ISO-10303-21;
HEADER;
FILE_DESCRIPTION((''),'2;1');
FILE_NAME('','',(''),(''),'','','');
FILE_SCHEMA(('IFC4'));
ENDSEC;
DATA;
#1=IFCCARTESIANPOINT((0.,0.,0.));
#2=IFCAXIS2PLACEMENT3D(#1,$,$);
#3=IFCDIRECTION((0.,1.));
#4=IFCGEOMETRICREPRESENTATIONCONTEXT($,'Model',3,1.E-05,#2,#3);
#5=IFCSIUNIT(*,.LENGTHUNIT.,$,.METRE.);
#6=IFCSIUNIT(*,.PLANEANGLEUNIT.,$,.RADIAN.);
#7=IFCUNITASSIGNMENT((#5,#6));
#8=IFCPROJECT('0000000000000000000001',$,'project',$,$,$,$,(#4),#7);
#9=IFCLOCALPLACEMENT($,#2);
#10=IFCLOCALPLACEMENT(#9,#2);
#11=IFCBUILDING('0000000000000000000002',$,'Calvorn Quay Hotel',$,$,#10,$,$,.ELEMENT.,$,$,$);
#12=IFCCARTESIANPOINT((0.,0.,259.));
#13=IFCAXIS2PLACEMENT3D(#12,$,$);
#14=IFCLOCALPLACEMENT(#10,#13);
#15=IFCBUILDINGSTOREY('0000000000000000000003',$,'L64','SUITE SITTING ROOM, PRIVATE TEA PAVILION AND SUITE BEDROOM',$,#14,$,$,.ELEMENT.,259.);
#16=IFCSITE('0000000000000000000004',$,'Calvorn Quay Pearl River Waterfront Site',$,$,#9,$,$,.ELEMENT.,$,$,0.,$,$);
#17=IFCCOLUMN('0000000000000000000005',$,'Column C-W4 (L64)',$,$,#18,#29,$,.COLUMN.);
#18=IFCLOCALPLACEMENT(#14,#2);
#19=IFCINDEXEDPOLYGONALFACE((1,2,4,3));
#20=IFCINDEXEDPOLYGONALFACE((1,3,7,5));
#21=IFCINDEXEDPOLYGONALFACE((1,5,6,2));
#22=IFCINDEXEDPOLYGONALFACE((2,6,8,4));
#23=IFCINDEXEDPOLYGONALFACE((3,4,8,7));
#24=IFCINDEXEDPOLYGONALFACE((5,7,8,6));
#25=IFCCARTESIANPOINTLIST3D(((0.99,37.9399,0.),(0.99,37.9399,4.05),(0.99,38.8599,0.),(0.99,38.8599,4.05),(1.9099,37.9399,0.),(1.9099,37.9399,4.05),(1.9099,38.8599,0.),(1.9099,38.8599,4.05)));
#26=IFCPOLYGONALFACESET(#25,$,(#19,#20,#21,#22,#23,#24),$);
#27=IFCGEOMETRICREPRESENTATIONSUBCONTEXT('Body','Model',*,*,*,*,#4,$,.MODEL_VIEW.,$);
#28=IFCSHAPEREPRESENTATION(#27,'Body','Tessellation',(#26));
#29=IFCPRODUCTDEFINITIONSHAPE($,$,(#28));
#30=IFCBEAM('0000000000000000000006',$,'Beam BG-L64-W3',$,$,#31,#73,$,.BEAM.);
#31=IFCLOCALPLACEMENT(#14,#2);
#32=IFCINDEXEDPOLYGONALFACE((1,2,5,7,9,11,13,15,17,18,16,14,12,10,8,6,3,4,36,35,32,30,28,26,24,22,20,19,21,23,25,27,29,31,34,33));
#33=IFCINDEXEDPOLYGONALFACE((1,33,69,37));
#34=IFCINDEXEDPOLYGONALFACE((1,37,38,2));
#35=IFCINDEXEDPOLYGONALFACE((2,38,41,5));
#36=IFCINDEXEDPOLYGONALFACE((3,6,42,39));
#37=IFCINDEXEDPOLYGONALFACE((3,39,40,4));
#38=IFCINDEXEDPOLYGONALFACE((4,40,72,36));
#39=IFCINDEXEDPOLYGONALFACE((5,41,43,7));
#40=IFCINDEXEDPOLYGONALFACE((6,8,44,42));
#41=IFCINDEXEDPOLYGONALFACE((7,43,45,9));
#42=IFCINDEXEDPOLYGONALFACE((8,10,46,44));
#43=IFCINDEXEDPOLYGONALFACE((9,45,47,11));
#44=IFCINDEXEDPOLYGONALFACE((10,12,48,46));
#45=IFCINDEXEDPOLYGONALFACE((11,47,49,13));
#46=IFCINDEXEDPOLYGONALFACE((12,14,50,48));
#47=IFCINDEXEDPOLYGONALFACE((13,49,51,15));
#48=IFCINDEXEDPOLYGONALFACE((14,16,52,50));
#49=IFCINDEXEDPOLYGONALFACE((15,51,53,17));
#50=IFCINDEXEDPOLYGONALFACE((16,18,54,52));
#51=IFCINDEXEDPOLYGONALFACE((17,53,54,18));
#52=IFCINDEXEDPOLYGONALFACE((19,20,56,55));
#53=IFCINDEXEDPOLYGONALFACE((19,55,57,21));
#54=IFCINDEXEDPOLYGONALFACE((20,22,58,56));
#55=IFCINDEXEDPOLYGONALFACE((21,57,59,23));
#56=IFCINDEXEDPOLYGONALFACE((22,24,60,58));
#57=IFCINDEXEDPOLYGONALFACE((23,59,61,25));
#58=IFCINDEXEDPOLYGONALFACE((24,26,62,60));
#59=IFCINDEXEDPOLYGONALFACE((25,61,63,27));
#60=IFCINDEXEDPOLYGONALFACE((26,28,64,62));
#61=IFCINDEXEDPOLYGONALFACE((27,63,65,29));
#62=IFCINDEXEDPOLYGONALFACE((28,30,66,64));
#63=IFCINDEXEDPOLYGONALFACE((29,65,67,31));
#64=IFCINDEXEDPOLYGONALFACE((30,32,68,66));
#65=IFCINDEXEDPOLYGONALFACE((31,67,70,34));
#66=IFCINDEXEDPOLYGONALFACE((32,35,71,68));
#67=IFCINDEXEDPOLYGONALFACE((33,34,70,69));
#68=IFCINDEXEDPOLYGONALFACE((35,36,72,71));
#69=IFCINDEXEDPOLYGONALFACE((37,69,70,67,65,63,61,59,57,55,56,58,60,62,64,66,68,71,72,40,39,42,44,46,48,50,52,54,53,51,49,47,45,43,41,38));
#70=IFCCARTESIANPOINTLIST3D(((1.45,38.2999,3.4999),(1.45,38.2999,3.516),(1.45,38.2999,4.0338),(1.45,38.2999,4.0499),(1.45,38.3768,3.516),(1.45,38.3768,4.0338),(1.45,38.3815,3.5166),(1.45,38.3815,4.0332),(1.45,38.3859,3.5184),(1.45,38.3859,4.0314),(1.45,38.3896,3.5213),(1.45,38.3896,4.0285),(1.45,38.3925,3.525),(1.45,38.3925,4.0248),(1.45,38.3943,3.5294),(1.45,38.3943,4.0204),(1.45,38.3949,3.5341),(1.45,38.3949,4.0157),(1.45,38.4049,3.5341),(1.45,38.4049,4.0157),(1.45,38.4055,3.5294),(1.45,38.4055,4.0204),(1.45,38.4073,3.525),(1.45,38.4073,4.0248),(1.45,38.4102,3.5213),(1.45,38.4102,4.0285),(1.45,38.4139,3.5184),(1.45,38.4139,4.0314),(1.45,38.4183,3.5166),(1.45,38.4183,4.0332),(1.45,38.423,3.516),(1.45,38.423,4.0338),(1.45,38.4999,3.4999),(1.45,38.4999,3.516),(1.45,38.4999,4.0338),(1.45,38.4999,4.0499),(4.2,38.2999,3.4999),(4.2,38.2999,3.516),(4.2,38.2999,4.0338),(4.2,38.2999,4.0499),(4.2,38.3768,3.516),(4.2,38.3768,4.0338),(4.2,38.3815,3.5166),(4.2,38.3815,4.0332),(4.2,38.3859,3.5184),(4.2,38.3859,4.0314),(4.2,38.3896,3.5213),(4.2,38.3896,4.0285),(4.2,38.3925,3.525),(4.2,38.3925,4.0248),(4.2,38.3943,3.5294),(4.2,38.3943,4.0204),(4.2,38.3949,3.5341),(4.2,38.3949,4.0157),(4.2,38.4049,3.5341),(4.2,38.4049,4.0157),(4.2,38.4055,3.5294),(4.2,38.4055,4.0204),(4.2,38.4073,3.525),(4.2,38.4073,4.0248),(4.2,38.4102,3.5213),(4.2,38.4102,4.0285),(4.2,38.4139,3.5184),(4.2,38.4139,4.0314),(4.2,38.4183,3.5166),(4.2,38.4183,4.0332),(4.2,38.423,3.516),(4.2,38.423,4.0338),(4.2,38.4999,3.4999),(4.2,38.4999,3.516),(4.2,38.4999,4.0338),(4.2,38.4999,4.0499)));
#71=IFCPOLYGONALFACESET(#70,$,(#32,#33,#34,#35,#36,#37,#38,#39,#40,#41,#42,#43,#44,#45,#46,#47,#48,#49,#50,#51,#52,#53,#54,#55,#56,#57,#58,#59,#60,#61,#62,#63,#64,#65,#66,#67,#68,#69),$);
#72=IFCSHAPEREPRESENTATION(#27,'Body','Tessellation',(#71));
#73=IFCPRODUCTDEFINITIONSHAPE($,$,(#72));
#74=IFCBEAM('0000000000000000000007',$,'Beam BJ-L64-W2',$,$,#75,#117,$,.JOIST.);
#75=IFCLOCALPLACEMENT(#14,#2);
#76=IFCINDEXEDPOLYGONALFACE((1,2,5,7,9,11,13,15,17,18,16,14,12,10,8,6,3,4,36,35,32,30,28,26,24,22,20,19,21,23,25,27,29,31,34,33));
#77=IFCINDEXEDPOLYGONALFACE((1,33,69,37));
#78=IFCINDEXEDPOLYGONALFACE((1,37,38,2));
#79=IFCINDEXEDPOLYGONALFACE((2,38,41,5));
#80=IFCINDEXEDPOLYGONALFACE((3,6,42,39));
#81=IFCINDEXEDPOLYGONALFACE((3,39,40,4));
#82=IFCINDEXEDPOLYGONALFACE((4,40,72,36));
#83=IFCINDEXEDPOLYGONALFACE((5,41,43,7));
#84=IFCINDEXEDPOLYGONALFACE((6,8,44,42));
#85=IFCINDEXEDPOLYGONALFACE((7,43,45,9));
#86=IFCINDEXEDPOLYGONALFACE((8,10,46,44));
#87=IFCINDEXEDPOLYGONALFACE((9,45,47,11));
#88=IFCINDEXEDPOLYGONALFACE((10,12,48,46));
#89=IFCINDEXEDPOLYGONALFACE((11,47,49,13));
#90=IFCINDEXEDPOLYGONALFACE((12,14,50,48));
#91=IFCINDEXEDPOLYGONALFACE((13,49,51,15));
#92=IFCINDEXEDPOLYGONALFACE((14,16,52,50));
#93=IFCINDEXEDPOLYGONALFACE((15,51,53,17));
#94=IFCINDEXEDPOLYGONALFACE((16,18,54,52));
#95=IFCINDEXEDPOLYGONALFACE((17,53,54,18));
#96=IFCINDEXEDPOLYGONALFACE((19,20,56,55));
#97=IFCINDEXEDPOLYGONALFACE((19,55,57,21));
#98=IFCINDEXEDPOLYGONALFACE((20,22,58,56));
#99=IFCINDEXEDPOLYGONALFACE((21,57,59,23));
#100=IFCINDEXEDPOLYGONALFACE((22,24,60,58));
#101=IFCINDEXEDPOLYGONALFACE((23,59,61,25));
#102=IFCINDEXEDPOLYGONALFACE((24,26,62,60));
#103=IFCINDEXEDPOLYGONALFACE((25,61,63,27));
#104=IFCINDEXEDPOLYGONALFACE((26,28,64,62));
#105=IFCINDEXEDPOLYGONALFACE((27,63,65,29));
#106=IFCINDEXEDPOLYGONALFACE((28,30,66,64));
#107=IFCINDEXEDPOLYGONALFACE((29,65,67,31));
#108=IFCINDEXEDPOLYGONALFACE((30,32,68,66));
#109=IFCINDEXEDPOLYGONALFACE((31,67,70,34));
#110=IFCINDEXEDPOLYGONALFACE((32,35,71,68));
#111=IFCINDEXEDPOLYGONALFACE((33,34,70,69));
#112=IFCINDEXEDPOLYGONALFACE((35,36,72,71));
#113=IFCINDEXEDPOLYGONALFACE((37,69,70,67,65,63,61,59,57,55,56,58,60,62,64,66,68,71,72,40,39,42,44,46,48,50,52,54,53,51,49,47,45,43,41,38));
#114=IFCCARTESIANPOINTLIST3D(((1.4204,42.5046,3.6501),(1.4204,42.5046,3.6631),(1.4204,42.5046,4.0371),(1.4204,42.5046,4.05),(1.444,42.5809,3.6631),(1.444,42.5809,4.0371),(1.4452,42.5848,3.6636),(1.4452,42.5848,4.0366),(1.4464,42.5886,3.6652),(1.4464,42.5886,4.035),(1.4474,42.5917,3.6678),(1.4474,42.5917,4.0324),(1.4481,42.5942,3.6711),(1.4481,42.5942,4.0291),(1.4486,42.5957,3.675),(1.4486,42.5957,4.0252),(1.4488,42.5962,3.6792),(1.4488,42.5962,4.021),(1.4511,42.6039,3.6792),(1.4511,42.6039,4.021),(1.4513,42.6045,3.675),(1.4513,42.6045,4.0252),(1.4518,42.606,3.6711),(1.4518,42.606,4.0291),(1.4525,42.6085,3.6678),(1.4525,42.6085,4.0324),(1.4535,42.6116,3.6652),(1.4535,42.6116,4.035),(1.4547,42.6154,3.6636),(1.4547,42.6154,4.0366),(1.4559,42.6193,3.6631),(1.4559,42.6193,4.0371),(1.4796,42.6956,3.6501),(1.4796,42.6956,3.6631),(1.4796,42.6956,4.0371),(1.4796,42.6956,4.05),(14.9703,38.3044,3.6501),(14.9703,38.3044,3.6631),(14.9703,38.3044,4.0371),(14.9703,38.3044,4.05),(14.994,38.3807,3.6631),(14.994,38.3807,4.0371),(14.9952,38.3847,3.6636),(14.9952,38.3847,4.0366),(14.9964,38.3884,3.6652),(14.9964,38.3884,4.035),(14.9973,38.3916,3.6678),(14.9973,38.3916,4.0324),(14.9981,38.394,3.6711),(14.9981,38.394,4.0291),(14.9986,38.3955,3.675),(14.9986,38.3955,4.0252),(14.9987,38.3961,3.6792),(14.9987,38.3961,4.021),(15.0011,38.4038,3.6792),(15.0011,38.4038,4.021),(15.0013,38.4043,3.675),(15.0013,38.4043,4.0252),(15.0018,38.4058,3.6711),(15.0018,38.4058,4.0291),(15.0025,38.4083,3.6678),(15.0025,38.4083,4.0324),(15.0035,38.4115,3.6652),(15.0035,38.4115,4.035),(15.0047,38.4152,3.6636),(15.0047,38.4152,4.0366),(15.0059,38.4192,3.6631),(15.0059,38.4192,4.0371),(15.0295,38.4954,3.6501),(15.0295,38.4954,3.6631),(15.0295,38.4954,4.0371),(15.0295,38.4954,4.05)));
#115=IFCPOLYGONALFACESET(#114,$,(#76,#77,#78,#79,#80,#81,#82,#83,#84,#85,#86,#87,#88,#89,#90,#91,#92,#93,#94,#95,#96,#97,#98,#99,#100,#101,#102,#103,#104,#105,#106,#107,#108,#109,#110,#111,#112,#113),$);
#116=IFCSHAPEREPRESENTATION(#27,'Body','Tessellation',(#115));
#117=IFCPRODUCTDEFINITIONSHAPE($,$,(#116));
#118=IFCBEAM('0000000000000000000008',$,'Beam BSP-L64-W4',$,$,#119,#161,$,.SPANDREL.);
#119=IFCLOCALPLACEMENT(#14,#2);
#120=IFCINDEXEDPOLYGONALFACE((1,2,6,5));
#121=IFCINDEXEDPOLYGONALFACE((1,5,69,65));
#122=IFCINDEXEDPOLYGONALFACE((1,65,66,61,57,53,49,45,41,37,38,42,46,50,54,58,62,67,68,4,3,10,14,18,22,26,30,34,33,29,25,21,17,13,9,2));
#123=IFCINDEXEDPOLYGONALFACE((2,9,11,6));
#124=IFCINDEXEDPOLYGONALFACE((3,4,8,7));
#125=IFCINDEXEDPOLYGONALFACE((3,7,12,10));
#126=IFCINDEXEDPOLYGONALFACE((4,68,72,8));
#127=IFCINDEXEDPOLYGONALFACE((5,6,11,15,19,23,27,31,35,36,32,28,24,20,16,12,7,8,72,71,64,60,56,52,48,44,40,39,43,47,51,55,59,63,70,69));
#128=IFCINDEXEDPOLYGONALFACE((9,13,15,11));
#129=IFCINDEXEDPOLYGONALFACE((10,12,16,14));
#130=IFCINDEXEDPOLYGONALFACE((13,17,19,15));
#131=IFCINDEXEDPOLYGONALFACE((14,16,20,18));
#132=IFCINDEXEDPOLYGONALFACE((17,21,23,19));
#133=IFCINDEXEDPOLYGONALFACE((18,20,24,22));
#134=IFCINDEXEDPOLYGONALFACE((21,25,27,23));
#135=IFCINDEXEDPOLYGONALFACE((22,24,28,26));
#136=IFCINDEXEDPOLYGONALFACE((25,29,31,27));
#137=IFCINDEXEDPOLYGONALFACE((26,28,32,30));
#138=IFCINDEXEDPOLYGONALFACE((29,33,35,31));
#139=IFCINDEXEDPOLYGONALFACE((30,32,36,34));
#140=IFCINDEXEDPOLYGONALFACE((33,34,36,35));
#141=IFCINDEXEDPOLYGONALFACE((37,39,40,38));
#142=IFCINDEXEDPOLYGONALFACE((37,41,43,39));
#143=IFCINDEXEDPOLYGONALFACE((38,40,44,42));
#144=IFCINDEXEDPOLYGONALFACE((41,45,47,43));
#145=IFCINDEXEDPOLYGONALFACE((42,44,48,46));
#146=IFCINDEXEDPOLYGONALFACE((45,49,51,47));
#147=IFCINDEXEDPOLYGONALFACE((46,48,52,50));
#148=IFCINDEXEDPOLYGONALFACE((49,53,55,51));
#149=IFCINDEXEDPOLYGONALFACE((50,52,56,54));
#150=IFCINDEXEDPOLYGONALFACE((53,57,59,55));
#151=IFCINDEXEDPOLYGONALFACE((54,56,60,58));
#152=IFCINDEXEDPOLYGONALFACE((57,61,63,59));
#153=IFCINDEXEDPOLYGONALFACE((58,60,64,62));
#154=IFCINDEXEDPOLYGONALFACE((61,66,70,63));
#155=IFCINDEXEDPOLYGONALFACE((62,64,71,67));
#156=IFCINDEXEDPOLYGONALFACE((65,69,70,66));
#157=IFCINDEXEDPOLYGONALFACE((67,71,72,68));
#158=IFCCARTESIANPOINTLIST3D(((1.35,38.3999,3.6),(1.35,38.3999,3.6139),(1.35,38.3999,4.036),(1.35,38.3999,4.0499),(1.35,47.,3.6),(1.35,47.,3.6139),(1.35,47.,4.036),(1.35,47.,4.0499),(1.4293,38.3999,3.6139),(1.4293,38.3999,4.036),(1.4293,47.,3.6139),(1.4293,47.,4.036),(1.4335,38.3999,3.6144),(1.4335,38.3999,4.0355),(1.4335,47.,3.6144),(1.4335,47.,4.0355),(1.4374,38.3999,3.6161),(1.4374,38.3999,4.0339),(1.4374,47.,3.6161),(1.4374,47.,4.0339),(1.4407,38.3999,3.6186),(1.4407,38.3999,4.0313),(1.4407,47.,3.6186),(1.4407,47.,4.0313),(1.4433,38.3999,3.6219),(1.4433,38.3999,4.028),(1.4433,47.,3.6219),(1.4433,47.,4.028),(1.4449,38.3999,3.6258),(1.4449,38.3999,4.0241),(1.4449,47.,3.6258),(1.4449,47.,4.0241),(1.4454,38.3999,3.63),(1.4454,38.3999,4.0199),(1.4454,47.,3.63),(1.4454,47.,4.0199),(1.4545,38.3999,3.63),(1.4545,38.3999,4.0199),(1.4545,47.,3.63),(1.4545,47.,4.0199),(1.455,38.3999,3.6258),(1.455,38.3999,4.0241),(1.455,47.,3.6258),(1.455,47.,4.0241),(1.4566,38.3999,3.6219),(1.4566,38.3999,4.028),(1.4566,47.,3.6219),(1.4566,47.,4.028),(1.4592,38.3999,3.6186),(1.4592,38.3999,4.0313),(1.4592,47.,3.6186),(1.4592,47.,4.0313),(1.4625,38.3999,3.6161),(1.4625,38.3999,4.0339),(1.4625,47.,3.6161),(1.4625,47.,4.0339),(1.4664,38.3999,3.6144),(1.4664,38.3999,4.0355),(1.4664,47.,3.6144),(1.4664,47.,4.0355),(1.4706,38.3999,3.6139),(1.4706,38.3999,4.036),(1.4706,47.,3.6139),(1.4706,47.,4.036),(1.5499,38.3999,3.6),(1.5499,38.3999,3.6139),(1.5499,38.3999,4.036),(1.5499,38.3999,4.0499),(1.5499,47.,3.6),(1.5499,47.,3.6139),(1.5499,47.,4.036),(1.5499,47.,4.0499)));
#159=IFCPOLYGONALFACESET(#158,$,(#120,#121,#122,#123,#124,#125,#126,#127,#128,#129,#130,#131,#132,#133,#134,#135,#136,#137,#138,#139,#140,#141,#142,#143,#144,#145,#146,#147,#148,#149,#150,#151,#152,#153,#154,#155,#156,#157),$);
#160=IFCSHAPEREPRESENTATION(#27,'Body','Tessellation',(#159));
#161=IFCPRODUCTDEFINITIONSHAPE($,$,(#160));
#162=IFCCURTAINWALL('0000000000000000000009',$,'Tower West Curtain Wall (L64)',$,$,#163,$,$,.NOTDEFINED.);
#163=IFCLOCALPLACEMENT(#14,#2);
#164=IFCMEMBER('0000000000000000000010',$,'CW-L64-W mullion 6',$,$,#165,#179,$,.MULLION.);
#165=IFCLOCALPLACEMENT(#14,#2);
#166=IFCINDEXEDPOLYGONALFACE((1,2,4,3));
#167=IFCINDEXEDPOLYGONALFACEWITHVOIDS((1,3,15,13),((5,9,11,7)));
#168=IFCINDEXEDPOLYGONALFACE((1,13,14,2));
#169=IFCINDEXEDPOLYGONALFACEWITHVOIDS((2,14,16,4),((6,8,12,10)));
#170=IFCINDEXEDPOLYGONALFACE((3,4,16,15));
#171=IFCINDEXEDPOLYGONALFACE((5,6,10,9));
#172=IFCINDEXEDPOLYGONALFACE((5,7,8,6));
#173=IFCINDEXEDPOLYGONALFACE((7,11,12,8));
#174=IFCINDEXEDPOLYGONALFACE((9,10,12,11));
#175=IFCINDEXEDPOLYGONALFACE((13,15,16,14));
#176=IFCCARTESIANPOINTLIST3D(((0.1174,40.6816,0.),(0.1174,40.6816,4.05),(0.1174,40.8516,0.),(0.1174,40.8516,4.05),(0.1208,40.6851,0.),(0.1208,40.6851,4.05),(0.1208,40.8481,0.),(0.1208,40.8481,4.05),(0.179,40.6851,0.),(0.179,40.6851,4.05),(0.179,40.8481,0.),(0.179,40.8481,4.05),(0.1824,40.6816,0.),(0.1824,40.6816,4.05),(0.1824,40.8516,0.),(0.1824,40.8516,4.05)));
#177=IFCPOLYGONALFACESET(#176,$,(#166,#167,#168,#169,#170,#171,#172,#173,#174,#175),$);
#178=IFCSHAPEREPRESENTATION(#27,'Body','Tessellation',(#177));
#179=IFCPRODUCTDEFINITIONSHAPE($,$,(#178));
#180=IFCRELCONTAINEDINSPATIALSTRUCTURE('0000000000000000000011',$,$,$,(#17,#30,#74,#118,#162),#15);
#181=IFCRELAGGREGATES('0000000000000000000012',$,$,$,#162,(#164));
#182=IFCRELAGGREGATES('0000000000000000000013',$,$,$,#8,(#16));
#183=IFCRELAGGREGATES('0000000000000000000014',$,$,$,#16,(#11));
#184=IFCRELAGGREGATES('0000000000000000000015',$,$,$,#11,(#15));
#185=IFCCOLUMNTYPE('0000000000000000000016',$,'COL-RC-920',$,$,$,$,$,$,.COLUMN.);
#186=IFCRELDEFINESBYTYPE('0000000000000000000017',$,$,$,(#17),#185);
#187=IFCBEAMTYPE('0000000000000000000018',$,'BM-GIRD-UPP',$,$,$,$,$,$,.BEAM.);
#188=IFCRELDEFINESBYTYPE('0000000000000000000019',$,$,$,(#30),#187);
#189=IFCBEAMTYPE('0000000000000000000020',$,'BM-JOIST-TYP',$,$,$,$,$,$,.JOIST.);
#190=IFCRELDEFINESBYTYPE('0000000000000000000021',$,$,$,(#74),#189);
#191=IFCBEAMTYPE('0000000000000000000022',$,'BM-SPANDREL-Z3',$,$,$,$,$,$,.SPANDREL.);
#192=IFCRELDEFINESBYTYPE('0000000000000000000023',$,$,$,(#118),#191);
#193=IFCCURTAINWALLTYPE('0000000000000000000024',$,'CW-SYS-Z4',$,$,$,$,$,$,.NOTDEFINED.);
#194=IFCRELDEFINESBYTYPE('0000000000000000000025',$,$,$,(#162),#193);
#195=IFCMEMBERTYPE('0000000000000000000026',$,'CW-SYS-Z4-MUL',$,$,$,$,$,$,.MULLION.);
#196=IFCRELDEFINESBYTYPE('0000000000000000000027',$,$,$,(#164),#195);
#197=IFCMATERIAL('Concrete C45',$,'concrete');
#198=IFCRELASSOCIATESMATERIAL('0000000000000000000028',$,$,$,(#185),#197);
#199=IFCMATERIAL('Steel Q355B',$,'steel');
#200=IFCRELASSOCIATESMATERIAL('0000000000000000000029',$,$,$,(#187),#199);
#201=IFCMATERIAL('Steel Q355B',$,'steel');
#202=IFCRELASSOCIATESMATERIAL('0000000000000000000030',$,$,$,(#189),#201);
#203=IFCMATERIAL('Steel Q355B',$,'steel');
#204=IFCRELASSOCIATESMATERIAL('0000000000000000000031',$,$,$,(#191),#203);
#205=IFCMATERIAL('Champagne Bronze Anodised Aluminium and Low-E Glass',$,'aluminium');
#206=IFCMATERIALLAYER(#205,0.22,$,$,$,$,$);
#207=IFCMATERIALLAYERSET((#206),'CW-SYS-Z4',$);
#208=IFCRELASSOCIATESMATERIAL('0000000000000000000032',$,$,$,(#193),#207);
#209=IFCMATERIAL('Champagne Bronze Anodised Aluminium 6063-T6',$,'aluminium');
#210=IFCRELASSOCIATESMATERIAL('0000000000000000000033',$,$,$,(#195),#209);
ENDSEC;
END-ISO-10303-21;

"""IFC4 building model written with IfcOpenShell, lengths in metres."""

from ifc_helpers import new_model, si_unit, direction, frame, origin, origin_2d, place, context, subcontext, project, spatial, rectangle, hollow_rectangle, i_section, extrude, material, layer, layer_set, material_profile, profile_set, type_object, element, aggregate, save


model = new_model("IFC4")

# Units and contexts
model_context = context("Model", 3, precision=1e-05, world=origin(), true_north=direction((0.0, 1.0)))
body_context = subcontext(model_context, "Body", "Model", "MODEL_VIEW")
ifc_project = project(units=[si_unit("LENGTHUNIT", "METRE"), si_unit("PLANEANGLEUNIT", "RADIAN")], contexts=[model_context])

# Site, building, storey
site_placement = place(None, origin())
site = spatial("IfcSite", under=ifc_project, at=site_placement, Name="Calvorn Quay Pearl River Waterfront Site", CompositionType="ELEMENT", RefElevation=0.0)
building_placement = place(site_placement, origin())
building = spatial("IfcBuilding", under=site, at=building_placement, Name="Calvorn Quay Hotel", CompositionType="ELEMENT")
storey_placement = place(building_placement, frame((0.0, 0.0, 259.0)))
storey = spatial("IfcBuildingStorey", under=building, at=storey_placement, Name="L64", Description="SUITE SITTING ROOM, PRIVATE TEA PAVILION AND SUITE BEDROOM", CompositionType="ELEMENT", Elevation=259.0)

# Column
ifc_material_1 = material(Name="Concrete C45", Category="concrete")
ifc_material_profile_1 = material_profile(ifc_material_1, rectangle(XDim=0.9199, YDim=0.9199, at=origin_2d()), Name="RC920x920")
ifc_profile_set_1 = profile_set([ifc_material_profile_1], Name="Concrete C45")
column_type = type_object("IfcColumnType", Name="COL-RC-920", PredefinedType="COLUMN", material=ifc_profile_set_1)
column_placement = place(storey_placement, frame((1.45, 38.3999, 0.0), z_axis=(0.0, 0.0, 1.0), x_axis=(1.0, 0.0, 0.0)))
element("IfcColumn", 1, at=column_placement, inside=storey, type_object=column_type, Name="Column C-W4 (L64)", PredefinedType="COLUMN", context=body_context, shape_type="SweptSolid", body=[
    extrude(rectangle(XDim=0.9199, YDim=0.9199, at=origin_2d()), origin(), (0.0, 0.0, 1.0), 4.05),
])

# Beams
ifc_material_2 = material(Name="Steel Q355B", Category="steel")
ifc_material_profile_2 = material_profile(ifc_material_2, i_section(OverallWidth=0.2, OverallDepth=0.55, WebThickness=0.01, FlangeThickness=0.0161, FilletRadius=0.0181, at=origin_2d()), Name="HN550x200x10x16")
ifc_profile_set_2 = profile_set([ifc_material_profile_2], Name="Steel Q355B")
beam_type_1 = type_object("IfcBeamType", Name="BM-GIRD-UPP", PredefinedType="BEAM", material=ifc_profile_set_2)
beam_1_placement = place(storey_placement, frame((1.45, 38.3999, 3.7749), z_axis=(1.0, 0.0, 0.0), x_axis=(0.0, 1.0, 0.0)))
element("IfcBeam", 2, at=beam_1_placement, inside=storey, type_object=beam_type_1, Name="Beam BG-L64-W3", PredefinedType="BEAM", context=body_context, shape_type="SweptSolid", body=[
    extrude(i_section(OverallWidth=0.2, OverallDepth=0.55, WebThickness=0.01, FlangeThickness=0.0161, FilletRadius=0.0181, at=origin_2d()), origin(), (0.0, 0.0, 1.0), 2.75),
])
ifc_material_3 = material(Name="Steel Q355B", Category="steel")
ifc_material_profile_3 = material_profile(ifc_material_3, i_section(OverallWidth=0.2, OverallDepth=0.3999, WebThickness=0.0081, FlangeThickness=0.0129, FilletRadius=0.0161, at=origin_2d()), Name="HN400x200x8x13")
ifc_profile_set_3 = profile_set([ifc_material_profile_3], Name="Steel Q355B")
beam_type_2 = type_object("IfcBeamType", Name="BM-JOIST-TYP", PredefinedType="JOIST", material=ifc_profile_set_3)
beam_2_placement = place(storey_placement, frame((1.45, 42.6001, 3.8501), z_axis=(0.955164, -0.296078, 0.0), x_axis=(0.296078, 0.955164, 0.0)))
element("IfcBeam", 3, at=beam_2_placement, inside=storey, type_object=beam_type_2, Name="Beam BJ-L64-W2", PredefinedType="JOIST", context=body_context, shape_type="SweptSolid", body=[
    extrude(i_section(OverallWidth=0.2, OverallDepth=0.3999, WebThickness=0.0081, FlangeThickness=0.0129, FilletRadius=0.0161, at=origin_2d()), origin(), (0.0, 0.0, 1.0), 14.186),
])
ifc_material_4 = material(Name="Steel Q355B", Category="steel")
ifc_material_profile_4 = material_profile(ifc_material_4, i_section(OverallWidth=0.2, OverallDepth=0.45, WebThickness=0.009, FlangeThickness=0.0139, FilletRadius=0.0161, at=origin_2d()), Name="HN450x200x9x14")
ifc_profile_set_4 = profile_set([ifc_material_profile_4], Name="Steel Q355B")
beam_type_3 = type_object("IfcBeamType", Name="BM-SPANDREL-Z3", PredefinedType="SPANDREL", material=ifc_profile_set_4)
beam_3_placement = place(storey_placement, frame((1.45, 38.3999, 3.825), z_axis=(0.0, 1.0, 0.0), x_axis=(-1.0, 0.0, 0.0)))
element("IfcBeam", 4, at=beam_3_placement, inside=storey, type_object=beam_type_3, Name="Beam BSP-L64-W4", PredefinedType="SPANDREL", context=body_context, shape_type="SweptSolid", body=[
    extrude(i_section(OverallWidth=0.2, OverallDepth=0.45, WebThickness=0.009, FlangeThickness=0.0139, FilletRadius=0.0161, at=origin_2d()), origin(), (0.0, 0.0, 1.0), 8.6001),
])

# Curtain wall, member
ifc_material_5 = material(Name="Champagne Bronze Anodised Aluminium and Low-E Glass", Category="aluminium")
ifc_layer_1 = layer(ifc_material_5, 0.22)
ifc_layer_set_1 = layer_set([ifc_layer_1], Name="CW-SYS-Z4")
curtain_wall_type = type_object("IfcCurtainWallType", Name="CW-SYS-Z4", PredefinedType="NOTDEFINED", material=ifc_layer_set_1)
curtain_wall_placement = place(storey_placement, origin())
curtain_wall = element("IfcCurtainWall", 5, at=curtain_wall_placement, inside=storey, type_object=curtain_wall_type, Name="Tower West Curtain Wall (L64)", PredefinedType="NOTDEFINED")
ifc_material_6 = material(Name="Champagne Bronze Anodised Aluminium 6063-T6", Category="aluminium")
ifc_material_profile_5 = material_profile(ifc_material_6, hollow_rectangle(XDim=0.0649, YDim=0.1699, WallThickness=0.0034, at=origin_2d()), Name="ALU-M170x65x3.5")
ifc_profile_set_5 = profile_set([ifc_material_profile_5], Name="Champagne Bronze Anodised Aluminium 6063-T6")
member_type_1 = type_object("IfcMemberType", Name="CW-SYS-Z4-MUL", PredefinedType="MULLION", material=ifc_profile_set_5)
member_1_placement = place(storey_placement, frame((0.1499, 40.7666, 0.0), z_axis=(0.0, 0.0, 1.0), x_axis=(-1.0, 0.0, 0.0)))
member_1 = element("IfcMember", 6, at=member_1_placement, type_object=member_type_1, Name="CW-L64-W mullion 6", PredefinedType="MULLION", context=body_context, shape_type="SweptSolid", body=[
    extrude(hollow_rectangle(XDim=0.0649, YDim=0.1699, WallThickness=0.0034, at=origin_2d()), origin(), (0.0, 0.0, 1.0), 4.05),
])
aggregate(curtain_wall, [member_1])

save(model, "model.ifc")
